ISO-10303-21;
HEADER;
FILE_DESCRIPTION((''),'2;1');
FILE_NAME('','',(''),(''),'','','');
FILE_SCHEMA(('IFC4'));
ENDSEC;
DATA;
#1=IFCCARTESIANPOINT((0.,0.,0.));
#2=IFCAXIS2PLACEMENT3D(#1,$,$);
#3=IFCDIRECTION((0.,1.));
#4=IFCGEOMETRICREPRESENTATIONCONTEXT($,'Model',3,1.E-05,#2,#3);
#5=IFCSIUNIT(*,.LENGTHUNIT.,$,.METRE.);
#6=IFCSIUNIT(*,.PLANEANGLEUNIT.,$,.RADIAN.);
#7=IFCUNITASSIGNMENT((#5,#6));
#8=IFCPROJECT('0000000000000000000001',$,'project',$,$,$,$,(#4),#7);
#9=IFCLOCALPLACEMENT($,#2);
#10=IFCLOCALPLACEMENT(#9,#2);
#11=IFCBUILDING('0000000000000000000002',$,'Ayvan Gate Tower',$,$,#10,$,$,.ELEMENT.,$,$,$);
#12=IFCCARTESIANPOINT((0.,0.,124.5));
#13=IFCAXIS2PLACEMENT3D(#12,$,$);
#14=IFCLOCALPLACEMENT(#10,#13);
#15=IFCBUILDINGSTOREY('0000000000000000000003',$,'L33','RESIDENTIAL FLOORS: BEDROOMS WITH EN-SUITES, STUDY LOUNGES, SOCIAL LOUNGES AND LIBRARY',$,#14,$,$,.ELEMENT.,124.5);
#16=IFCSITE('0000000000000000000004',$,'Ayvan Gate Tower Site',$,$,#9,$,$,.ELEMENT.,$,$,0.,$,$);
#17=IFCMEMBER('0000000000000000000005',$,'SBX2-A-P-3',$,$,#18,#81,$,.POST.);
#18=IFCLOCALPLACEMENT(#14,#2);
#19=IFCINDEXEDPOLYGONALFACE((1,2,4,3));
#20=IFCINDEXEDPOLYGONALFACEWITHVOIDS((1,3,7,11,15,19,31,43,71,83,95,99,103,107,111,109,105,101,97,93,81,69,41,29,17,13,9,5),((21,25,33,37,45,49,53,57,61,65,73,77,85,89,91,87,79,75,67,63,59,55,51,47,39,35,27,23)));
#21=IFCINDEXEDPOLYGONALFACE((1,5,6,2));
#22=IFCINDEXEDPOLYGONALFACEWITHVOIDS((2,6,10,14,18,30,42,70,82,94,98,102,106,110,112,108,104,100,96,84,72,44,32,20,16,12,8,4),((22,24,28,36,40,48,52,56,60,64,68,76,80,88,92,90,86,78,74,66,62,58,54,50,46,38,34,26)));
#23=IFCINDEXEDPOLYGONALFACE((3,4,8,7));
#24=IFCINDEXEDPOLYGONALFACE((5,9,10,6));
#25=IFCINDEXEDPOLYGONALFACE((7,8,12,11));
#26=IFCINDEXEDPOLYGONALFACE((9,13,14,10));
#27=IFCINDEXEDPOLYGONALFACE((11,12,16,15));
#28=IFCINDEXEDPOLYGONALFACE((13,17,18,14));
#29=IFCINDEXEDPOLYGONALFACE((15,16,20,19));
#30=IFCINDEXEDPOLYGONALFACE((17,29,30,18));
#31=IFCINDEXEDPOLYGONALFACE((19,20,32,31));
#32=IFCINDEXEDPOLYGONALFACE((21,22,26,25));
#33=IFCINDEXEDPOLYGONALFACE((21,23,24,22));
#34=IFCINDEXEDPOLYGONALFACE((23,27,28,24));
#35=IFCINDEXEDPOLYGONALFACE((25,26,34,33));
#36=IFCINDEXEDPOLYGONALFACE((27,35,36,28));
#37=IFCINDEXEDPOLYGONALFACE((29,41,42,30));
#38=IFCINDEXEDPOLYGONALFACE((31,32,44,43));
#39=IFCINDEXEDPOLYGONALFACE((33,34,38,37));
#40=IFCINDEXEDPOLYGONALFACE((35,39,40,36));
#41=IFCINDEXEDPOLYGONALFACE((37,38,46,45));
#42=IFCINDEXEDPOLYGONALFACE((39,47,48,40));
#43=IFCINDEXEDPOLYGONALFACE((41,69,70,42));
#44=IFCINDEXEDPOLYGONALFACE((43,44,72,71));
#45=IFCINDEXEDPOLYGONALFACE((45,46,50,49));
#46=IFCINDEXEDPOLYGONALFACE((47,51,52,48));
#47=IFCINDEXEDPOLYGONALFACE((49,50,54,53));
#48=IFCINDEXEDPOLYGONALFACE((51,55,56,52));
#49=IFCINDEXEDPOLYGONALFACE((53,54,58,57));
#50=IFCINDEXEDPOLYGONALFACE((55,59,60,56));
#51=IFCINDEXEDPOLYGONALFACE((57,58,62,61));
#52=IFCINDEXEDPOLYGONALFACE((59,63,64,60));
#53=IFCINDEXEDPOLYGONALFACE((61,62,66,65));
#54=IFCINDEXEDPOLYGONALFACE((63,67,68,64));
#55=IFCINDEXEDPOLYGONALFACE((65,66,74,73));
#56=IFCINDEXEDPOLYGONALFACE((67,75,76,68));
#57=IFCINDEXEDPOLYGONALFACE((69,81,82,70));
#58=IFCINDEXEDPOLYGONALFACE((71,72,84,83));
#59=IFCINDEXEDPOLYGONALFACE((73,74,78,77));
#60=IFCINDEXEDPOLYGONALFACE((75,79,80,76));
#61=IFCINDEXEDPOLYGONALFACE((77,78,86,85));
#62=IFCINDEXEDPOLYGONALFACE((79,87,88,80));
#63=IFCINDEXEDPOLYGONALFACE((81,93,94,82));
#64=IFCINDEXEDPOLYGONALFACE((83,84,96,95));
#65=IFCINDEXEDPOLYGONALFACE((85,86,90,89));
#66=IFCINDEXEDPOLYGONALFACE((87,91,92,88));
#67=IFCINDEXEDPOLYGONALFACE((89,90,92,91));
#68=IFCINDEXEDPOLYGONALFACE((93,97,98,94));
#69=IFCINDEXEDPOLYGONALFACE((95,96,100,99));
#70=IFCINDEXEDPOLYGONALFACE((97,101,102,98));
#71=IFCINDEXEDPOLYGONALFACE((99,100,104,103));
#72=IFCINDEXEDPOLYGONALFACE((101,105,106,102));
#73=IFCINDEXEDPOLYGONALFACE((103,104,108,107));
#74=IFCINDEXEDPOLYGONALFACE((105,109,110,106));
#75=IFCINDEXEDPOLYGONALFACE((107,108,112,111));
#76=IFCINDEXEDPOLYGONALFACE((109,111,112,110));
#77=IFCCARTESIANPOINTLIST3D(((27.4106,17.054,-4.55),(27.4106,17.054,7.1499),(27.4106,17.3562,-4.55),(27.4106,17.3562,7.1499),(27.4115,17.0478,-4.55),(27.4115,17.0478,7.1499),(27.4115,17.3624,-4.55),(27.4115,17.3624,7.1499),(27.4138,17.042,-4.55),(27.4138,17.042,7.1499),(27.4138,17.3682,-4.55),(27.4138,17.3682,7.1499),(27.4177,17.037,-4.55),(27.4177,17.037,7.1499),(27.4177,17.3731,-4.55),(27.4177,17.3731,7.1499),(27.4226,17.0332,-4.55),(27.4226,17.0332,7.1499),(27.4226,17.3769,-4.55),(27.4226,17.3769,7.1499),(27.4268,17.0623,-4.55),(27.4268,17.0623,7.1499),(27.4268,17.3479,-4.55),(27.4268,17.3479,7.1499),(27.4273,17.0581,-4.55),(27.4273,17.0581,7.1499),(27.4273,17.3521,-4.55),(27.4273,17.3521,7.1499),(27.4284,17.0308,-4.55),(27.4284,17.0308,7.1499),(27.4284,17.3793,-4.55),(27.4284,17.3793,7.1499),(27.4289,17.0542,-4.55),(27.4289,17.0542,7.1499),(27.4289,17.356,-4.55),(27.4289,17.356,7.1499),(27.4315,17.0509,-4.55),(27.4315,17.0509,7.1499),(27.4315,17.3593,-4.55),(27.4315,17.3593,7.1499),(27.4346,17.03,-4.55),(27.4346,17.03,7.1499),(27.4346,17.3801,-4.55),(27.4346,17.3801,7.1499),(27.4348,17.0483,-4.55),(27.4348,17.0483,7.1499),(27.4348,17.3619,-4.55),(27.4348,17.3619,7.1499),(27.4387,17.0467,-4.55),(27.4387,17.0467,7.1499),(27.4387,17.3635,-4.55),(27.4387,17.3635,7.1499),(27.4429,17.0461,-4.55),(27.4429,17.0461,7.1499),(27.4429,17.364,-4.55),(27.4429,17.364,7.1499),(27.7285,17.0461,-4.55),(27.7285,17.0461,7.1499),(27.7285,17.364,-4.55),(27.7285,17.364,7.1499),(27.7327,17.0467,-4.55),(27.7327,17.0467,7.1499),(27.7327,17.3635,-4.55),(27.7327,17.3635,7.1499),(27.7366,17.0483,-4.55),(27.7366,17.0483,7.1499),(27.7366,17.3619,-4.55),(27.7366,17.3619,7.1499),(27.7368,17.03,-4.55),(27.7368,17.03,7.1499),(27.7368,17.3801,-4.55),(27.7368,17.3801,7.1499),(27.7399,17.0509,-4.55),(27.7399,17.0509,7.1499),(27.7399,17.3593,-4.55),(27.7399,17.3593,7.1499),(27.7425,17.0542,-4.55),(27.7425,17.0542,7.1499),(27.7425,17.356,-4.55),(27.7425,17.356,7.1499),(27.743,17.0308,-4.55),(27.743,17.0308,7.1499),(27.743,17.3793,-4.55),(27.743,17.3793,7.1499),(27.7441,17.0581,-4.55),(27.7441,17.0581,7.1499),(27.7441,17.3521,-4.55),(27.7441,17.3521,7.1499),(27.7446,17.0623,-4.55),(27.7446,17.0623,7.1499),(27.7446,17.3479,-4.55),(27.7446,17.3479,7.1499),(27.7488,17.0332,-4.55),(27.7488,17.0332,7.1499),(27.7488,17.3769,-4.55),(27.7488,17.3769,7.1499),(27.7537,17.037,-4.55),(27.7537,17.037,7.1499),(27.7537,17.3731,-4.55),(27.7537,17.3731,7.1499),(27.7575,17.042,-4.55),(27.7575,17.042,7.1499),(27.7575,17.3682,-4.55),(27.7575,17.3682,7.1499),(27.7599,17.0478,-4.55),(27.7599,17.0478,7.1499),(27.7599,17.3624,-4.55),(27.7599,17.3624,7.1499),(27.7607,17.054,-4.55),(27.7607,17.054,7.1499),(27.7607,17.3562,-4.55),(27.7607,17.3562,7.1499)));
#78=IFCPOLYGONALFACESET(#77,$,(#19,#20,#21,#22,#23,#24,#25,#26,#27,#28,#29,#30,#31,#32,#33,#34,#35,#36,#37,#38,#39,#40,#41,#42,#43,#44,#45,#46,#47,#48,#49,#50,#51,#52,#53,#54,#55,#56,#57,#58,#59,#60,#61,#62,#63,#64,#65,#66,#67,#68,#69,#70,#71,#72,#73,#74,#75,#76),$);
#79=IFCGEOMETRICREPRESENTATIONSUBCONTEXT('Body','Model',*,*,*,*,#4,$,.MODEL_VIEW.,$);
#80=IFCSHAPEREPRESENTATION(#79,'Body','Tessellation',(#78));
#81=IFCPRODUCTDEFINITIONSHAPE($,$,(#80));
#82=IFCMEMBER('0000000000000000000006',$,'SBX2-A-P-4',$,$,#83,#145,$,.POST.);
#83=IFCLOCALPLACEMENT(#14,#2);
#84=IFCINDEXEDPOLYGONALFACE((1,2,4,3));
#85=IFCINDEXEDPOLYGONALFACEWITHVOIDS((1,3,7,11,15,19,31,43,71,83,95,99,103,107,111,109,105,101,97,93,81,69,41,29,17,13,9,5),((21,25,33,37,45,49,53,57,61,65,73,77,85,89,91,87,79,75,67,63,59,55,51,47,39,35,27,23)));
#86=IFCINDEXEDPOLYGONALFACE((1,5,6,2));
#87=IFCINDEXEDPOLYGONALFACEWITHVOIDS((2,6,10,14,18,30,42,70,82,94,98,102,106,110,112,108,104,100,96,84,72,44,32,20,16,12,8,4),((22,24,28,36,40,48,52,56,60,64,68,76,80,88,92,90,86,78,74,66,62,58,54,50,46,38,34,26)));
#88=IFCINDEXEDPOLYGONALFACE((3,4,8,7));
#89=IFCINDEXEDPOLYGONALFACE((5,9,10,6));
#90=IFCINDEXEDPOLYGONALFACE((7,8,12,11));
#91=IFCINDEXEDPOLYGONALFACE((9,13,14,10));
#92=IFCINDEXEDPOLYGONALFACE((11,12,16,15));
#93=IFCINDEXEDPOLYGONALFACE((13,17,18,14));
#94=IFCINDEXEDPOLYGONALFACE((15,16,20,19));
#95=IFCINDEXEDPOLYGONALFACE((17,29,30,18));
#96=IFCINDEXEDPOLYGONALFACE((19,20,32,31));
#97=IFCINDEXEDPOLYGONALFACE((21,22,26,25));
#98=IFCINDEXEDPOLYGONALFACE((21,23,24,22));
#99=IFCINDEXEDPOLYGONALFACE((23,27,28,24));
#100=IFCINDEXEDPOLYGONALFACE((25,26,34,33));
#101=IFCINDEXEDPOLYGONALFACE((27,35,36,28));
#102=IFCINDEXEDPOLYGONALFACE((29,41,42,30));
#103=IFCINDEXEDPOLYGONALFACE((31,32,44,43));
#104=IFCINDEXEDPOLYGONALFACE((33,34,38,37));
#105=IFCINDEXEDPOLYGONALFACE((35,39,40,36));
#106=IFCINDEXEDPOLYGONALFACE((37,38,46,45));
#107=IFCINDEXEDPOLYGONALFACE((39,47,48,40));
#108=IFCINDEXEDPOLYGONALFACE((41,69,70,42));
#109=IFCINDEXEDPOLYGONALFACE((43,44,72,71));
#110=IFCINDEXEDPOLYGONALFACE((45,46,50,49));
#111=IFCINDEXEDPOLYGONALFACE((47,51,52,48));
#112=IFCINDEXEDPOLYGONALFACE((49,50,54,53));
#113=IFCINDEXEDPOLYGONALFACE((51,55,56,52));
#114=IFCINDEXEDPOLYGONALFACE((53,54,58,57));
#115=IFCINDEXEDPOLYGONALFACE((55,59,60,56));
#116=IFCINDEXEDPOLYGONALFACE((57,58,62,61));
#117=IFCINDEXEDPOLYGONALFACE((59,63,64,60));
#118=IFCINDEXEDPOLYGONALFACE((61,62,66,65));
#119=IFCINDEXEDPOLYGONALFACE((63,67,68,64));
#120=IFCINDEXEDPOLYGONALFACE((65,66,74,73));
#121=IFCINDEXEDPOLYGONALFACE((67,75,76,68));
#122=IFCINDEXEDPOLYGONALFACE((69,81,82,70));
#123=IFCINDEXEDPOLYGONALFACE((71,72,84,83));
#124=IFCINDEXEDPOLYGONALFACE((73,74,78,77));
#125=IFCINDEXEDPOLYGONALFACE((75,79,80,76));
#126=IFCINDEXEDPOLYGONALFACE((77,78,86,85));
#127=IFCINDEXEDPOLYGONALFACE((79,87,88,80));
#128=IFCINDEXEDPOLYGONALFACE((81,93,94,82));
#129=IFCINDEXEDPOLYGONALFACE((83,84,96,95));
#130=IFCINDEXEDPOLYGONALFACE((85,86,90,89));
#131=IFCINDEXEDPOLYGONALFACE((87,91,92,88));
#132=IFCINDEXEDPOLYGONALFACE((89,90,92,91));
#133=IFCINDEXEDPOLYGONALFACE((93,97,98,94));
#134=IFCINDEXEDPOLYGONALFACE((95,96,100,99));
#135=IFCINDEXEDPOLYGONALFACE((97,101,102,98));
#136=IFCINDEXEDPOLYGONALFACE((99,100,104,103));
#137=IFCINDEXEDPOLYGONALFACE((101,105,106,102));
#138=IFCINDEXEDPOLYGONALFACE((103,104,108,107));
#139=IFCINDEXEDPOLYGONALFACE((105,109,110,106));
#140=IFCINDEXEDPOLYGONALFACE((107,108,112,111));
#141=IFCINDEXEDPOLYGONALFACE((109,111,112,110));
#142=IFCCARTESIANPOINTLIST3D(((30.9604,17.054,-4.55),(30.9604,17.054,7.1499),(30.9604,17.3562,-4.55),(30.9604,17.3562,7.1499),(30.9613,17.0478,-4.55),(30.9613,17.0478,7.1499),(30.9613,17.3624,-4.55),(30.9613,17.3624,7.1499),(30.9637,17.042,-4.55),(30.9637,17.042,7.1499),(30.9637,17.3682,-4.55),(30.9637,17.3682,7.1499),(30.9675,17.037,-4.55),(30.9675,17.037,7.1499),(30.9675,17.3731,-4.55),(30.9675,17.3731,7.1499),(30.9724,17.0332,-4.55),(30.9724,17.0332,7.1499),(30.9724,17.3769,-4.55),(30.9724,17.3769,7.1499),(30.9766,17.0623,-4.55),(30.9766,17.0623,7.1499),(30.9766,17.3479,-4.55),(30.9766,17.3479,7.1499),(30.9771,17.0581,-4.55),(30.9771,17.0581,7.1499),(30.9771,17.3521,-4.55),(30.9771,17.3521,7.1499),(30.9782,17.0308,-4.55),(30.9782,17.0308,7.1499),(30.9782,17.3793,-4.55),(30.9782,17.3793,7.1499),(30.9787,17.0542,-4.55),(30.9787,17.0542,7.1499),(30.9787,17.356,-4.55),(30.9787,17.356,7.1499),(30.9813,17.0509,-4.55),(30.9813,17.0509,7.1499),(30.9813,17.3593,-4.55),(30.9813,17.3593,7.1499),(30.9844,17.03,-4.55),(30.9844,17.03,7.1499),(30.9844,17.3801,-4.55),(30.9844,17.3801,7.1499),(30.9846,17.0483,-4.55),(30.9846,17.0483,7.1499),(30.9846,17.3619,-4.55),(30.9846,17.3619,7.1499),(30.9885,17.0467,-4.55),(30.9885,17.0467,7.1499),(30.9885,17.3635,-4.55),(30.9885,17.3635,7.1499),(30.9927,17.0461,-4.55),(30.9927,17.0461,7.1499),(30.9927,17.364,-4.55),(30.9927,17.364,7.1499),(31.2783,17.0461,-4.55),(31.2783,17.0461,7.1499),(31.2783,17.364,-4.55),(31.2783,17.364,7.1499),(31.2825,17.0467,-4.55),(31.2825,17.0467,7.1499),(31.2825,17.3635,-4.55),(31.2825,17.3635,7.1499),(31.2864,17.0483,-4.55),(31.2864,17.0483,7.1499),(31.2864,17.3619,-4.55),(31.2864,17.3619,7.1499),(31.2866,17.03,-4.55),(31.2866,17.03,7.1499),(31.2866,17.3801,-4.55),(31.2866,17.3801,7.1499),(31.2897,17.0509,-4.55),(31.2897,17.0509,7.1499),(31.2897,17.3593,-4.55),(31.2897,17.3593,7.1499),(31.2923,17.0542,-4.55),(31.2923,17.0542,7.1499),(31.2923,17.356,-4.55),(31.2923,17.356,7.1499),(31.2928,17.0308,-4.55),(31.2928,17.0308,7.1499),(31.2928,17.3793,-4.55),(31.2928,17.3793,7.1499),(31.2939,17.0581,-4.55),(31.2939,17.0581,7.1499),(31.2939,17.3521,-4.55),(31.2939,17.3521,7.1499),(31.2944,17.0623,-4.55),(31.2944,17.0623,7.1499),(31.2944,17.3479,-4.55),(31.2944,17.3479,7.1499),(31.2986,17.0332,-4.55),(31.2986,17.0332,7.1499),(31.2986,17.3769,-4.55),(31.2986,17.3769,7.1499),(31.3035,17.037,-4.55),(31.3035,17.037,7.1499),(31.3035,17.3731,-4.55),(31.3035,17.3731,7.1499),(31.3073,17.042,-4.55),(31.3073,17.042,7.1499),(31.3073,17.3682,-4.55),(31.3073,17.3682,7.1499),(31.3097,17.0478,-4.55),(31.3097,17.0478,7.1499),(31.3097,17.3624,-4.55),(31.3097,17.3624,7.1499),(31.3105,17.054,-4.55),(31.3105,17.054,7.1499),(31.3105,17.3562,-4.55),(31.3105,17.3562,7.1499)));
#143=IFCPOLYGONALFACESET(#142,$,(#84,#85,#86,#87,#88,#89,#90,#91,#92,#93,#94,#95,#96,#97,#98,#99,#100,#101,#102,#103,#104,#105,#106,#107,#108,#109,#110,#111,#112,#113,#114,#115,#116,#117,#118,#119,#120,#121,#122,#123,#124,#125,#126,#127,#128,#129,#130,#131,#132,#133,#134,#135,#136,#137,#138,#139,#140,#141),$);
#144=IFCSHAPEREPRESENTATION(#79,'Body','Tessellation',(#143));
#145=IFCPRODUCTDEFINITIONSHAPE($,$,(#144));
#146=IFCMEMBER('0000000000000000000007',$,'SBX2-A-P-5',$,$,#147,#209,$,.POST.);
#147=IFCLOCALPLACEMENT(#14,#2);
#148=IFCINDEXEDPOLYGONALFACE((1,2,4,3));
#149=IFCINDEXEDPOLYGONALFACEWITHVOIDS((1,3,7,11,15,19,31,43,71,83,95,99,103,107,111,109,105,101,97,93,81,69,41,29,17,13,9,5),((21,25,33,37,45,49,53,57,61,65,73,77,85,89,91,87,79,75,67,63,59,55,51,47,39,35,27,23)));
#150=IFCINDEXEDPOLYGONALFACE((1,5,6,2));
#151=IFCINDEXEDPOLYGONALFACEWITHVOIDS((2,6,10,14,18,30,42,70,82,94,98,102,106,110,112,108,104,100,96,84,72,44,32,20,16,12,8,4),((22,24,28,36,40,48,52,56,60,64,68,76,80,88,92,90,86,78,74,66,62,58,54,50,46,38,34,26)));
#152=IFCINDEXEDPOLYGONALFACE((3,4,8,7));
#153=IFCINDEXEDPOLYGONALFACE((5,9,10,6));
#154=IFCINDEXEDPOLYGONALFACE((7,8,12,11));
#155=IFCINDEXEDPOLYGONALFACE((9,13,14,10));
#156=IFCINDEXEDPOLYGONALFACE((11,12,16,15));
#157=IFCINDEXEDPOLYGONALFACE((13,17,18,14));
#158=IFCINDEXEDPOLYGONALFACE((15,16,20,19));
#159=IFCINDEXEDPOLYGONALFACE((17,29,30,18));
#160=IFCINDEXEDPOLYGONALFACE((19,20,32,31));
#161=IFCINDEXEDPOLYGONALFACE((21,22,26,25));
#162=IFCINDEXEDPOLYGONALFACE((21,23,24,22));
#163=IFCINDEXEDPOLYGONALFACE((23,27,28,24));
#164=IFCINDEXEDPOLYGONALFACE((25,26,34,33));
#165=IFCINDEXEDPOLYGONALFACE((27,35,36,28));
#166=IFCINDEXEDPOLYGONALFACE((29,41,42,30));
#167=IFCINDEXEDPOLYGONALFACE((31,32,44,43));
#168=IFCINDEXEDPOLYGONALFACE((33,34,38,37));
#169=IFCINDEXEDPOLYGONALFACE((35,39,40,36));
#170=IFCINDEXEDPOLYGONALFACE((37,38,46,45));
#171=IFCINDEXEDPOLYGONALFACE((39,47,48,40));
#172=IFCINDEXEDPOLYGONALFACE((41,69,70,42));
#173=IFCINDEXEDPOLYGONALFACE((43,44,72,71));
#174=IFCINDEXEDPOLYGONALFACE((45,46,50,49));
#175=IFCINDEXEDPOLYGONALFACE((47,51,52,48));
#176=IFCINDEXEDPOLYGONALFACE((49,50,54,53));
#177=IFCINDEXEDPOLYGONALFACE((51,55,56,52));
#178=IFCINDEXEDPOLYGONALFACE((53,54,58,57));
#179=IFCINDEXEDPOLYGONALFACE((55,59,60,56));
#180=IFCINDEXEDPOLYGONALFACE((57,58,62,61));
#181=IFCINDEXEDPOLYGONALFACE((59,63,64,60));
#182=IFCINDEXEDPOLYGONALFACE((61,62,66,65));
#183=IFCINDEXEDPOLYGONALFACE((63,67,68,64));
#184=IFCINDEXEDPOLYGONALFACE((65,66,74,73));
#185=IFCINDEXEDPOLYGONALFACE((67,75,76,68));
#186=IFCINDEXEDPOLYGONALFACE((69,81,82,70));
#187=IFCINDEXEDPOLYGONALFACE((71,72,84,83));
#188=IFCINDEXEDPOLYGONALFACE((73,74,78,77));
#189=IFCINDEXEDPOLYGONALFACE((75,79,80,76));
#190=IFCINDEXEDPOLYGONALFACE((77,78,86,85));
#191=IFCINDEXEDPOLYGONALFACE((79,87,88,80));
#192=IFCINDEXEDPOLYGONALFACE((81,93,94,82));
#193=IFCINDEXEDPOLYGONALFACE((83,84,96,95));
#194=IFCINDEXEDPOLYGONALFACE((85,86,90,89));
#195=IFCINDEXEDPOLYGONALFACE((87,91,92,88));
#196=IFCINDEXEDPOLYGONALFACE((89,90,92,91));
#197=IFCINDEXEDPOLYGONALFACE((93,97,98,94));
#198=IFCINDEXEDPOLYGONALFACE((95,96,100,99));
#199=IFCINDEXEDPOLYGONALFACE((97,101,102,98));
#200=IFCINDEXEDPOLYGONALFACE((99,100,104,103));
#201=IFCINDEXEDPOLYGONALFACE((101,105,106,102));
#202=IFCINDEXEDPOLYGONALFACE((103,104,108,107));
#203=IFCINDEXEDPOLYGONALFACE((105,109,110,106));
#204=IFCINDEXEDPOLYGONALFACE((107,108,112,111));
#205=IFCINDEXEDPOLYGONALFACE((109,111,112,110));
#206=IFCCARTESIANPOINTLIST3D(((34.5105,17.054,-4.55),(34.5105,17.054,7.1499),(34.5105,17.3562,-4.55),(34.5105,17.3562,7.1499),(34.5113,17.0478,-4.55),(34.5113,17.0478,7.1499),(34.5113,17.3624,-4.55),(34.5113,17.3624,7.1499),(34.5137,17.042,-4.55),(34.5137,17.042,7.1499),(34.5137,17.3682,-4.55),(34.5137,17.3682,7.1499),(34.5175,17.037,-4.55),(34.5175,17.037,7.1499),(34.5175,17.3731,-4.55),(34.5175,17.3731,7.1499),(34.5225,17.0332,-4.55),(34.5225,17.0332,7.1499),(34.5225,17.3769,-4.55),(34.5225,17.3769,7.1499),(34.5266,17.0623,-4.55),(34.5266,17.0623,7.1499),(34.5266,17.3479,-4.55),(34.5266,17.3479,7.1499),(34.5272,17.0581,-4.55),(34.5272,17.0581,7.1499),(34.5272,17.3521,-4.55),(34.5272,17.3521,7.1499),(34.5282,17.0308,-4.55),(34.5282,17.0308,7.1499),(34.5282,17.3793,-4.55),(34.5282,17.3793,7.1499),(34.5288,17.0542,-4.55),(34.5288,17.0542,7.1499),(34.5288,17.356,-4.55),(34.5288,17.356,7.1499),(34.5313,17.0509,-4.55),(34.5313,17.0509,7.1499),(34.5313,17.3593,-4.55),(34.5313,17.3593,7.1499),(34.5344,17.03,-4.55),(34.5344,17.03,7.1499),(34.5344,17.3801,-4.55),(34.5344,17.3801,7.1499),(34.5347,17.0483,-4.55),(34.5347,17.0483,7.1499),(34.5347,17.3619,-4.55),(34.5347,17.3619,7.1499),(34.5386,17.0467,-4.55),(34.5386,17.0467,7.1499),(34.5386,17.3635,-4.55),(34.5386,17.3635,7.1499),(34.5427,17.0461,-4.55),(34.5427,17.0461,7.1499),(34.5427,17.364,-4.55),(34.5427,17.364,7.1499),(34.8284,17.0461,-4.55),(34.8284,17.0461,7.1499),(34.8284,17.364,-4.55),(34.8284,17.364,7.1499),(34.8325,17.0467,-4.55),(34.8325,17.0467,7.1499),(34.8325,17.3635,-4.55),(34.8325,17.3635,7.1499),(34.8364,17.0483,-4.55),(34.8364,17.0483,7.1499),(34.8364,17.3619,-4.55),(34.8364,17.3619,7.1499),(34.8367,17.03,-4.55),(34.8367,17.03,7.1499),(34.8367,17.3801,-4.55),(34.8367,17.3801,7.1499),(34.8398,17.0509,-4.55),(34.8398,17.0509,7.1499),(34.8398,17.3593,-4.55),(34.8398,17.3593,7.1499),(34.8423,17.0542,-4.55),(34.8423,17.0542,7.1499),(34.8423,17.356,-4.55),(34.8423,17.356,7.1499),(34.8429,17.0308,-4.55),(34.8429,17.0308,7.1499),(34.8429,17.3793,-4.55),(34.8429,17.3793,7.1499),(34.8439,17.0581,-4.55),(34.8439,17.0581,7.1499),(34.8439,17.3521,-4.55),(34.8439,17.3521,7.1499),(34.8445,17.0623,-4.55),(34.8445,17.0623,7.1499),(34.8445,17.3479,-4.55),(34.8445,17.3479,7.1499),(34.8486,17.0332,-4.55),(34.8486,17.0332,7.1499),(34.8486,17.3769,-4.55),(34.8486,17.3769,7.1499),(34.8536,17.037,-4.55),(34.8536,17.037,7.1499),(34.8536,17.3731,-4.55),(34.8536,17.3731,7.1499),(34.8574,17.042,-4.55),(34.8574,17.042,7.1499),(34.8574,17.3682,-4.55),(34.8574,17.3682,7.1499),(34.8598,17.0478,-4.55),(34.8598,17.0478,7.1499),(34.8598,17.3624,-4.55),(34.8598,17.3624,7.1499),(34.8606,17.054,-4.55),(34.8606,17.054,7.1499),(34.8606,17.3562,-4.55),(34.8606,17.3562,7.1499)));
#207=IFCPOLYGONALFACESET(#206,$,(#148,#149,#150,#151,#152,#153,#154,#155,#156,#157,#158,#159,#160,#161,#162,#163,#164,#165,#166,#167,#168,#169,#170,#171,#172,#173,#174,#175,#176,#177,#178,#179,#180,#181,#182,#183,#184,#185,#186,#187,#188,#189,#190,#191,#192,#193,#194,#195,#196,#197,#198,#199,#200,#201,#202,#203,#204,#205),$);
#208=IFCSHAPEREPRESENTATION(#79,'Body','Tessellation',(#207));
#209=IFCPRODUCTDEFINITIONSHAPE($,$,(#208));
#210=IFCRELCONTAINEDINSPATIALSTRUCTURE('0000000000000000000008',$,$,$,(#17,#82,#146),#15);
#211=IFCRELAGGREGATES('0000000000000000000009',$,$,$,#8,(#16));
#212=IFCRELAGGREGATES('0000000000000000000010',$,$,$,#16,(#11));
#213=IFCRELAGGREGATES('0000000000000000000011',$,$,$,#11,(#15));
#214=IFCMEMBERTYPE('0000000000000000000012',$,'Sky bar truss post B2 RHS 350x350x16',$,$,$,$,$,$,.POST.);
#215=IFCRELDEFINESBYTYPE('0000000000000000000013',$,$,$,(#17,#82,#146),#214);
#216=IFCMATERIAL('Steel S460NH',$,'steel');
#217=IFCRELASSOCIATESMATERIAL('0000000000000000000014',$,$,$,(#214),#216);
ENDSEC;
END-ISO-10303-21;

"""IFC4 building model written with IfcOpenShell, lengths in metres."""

from ifc_helpers import new_model, si_unit, direction, frame, origin, origin_2d, place, context, subcontext, project, spatial, hollow_rectangle, extrude, material, material_profile, profile_set, type_object, element, save


model = new_model("IFC4")

# Units and contexts
model_context = context("Model", 3, precision=1e-05, world=origin(), true_north=direction((0.0, 1.0)))
body_context = subcontext(model_context, "Body", "Model", "MODEL_VIEW")
ifc_project = project(units=[si_unit("LENGTHUNIT", "METRE"), si_unit("PLANEANGLEUNIT", "RADIAN")], contexts=[model_context])

# Site, building, storey
site_placement = place(None, origin())
site = spatial("IfcSite", under=ifc_project, at=site_placement, Name="Ayvan Gate Tower Site", CompositionType="ELEMENT", RefElevation=0.0)
building_placement = place(site_placement, origin())
building = spatial("IfcBuilding", under=site, at=building_placement, Name="Ayvan Gate Tower", CompositionType="ELEMENT")
storey_placement = place(building_placement, frame((0.0, 0.0, 124.5)))
storey = spatial("IfcBuildingStorey", under=building, at=storey_placement, Name="L33", Description="RESIDENTIAL FLOORS: BEDROOMS WITH EN-SUITES, STUDY LOUNGES, SOCIAL LOUNGES AND LIBRARY", CompositionType="ELEMENT", Elevation=124.5)

# Members
ifc_material_1 = material(Name="Steel S460NH", Category="steel")
ifc_material_profile_1 = material_profile(ifc_material_1, hollow_rectangle(XDim=0.3501, YDim=0.3501, WallThickness=0.0161, InnerFilletRadius=0.0161, OuterFilletRadius=0.0239, at=origin_2d()), Name="RHS 350x350x16")
ifc_profile_set_1 = profile_set([ifc_material_profile_1], Name="Steel S460NH")
member_type_1 = type_object("IfcMemberType", Name="Sky bar truss post B2 RHS 350x350x16", PredefinedType="POST", material=ifc_profile_set_1)
for number, where, z_axis, x_axis, name in (
    (1, (27.5857, 17.2051, -4.55), (0.0, 0.0, 1.0), (1.0, 0.0, 0.0), "SBX2-A-P-3"),
    (2, (31.1355, 17.2051, -4.55), (0.0, 0.0, 1.0), (1.0, 0.0, 0.0), "SBX2-A-P-4"),
    (3, (34.6855, 17.2051, -4.55), (0.0, 0.0, 1.0), (1.0, 0.0, 0.0), "SBX2-A-P-5"),
):
    element("IfcMember", number, at=place(storey_placement, frame(where, z_axis=z_axis, x_axis=x_axis)), inside=storey, type_object=member_type_1, Name=name, PredefinedType="POST", context=body_context, shape_type="SweptSolid", body=[
        extrude(hollow_rectangle(XDim=0.3501, YDim=0.3501, WallThickness=0.0161, InnerFilletRadius=0.0161, OuterFilletRadius=0.0239, at=origin_2d()), origin(), (0.0, 0.0, 1.0), 11.7),
    ])

save(model, "model.ifc")
